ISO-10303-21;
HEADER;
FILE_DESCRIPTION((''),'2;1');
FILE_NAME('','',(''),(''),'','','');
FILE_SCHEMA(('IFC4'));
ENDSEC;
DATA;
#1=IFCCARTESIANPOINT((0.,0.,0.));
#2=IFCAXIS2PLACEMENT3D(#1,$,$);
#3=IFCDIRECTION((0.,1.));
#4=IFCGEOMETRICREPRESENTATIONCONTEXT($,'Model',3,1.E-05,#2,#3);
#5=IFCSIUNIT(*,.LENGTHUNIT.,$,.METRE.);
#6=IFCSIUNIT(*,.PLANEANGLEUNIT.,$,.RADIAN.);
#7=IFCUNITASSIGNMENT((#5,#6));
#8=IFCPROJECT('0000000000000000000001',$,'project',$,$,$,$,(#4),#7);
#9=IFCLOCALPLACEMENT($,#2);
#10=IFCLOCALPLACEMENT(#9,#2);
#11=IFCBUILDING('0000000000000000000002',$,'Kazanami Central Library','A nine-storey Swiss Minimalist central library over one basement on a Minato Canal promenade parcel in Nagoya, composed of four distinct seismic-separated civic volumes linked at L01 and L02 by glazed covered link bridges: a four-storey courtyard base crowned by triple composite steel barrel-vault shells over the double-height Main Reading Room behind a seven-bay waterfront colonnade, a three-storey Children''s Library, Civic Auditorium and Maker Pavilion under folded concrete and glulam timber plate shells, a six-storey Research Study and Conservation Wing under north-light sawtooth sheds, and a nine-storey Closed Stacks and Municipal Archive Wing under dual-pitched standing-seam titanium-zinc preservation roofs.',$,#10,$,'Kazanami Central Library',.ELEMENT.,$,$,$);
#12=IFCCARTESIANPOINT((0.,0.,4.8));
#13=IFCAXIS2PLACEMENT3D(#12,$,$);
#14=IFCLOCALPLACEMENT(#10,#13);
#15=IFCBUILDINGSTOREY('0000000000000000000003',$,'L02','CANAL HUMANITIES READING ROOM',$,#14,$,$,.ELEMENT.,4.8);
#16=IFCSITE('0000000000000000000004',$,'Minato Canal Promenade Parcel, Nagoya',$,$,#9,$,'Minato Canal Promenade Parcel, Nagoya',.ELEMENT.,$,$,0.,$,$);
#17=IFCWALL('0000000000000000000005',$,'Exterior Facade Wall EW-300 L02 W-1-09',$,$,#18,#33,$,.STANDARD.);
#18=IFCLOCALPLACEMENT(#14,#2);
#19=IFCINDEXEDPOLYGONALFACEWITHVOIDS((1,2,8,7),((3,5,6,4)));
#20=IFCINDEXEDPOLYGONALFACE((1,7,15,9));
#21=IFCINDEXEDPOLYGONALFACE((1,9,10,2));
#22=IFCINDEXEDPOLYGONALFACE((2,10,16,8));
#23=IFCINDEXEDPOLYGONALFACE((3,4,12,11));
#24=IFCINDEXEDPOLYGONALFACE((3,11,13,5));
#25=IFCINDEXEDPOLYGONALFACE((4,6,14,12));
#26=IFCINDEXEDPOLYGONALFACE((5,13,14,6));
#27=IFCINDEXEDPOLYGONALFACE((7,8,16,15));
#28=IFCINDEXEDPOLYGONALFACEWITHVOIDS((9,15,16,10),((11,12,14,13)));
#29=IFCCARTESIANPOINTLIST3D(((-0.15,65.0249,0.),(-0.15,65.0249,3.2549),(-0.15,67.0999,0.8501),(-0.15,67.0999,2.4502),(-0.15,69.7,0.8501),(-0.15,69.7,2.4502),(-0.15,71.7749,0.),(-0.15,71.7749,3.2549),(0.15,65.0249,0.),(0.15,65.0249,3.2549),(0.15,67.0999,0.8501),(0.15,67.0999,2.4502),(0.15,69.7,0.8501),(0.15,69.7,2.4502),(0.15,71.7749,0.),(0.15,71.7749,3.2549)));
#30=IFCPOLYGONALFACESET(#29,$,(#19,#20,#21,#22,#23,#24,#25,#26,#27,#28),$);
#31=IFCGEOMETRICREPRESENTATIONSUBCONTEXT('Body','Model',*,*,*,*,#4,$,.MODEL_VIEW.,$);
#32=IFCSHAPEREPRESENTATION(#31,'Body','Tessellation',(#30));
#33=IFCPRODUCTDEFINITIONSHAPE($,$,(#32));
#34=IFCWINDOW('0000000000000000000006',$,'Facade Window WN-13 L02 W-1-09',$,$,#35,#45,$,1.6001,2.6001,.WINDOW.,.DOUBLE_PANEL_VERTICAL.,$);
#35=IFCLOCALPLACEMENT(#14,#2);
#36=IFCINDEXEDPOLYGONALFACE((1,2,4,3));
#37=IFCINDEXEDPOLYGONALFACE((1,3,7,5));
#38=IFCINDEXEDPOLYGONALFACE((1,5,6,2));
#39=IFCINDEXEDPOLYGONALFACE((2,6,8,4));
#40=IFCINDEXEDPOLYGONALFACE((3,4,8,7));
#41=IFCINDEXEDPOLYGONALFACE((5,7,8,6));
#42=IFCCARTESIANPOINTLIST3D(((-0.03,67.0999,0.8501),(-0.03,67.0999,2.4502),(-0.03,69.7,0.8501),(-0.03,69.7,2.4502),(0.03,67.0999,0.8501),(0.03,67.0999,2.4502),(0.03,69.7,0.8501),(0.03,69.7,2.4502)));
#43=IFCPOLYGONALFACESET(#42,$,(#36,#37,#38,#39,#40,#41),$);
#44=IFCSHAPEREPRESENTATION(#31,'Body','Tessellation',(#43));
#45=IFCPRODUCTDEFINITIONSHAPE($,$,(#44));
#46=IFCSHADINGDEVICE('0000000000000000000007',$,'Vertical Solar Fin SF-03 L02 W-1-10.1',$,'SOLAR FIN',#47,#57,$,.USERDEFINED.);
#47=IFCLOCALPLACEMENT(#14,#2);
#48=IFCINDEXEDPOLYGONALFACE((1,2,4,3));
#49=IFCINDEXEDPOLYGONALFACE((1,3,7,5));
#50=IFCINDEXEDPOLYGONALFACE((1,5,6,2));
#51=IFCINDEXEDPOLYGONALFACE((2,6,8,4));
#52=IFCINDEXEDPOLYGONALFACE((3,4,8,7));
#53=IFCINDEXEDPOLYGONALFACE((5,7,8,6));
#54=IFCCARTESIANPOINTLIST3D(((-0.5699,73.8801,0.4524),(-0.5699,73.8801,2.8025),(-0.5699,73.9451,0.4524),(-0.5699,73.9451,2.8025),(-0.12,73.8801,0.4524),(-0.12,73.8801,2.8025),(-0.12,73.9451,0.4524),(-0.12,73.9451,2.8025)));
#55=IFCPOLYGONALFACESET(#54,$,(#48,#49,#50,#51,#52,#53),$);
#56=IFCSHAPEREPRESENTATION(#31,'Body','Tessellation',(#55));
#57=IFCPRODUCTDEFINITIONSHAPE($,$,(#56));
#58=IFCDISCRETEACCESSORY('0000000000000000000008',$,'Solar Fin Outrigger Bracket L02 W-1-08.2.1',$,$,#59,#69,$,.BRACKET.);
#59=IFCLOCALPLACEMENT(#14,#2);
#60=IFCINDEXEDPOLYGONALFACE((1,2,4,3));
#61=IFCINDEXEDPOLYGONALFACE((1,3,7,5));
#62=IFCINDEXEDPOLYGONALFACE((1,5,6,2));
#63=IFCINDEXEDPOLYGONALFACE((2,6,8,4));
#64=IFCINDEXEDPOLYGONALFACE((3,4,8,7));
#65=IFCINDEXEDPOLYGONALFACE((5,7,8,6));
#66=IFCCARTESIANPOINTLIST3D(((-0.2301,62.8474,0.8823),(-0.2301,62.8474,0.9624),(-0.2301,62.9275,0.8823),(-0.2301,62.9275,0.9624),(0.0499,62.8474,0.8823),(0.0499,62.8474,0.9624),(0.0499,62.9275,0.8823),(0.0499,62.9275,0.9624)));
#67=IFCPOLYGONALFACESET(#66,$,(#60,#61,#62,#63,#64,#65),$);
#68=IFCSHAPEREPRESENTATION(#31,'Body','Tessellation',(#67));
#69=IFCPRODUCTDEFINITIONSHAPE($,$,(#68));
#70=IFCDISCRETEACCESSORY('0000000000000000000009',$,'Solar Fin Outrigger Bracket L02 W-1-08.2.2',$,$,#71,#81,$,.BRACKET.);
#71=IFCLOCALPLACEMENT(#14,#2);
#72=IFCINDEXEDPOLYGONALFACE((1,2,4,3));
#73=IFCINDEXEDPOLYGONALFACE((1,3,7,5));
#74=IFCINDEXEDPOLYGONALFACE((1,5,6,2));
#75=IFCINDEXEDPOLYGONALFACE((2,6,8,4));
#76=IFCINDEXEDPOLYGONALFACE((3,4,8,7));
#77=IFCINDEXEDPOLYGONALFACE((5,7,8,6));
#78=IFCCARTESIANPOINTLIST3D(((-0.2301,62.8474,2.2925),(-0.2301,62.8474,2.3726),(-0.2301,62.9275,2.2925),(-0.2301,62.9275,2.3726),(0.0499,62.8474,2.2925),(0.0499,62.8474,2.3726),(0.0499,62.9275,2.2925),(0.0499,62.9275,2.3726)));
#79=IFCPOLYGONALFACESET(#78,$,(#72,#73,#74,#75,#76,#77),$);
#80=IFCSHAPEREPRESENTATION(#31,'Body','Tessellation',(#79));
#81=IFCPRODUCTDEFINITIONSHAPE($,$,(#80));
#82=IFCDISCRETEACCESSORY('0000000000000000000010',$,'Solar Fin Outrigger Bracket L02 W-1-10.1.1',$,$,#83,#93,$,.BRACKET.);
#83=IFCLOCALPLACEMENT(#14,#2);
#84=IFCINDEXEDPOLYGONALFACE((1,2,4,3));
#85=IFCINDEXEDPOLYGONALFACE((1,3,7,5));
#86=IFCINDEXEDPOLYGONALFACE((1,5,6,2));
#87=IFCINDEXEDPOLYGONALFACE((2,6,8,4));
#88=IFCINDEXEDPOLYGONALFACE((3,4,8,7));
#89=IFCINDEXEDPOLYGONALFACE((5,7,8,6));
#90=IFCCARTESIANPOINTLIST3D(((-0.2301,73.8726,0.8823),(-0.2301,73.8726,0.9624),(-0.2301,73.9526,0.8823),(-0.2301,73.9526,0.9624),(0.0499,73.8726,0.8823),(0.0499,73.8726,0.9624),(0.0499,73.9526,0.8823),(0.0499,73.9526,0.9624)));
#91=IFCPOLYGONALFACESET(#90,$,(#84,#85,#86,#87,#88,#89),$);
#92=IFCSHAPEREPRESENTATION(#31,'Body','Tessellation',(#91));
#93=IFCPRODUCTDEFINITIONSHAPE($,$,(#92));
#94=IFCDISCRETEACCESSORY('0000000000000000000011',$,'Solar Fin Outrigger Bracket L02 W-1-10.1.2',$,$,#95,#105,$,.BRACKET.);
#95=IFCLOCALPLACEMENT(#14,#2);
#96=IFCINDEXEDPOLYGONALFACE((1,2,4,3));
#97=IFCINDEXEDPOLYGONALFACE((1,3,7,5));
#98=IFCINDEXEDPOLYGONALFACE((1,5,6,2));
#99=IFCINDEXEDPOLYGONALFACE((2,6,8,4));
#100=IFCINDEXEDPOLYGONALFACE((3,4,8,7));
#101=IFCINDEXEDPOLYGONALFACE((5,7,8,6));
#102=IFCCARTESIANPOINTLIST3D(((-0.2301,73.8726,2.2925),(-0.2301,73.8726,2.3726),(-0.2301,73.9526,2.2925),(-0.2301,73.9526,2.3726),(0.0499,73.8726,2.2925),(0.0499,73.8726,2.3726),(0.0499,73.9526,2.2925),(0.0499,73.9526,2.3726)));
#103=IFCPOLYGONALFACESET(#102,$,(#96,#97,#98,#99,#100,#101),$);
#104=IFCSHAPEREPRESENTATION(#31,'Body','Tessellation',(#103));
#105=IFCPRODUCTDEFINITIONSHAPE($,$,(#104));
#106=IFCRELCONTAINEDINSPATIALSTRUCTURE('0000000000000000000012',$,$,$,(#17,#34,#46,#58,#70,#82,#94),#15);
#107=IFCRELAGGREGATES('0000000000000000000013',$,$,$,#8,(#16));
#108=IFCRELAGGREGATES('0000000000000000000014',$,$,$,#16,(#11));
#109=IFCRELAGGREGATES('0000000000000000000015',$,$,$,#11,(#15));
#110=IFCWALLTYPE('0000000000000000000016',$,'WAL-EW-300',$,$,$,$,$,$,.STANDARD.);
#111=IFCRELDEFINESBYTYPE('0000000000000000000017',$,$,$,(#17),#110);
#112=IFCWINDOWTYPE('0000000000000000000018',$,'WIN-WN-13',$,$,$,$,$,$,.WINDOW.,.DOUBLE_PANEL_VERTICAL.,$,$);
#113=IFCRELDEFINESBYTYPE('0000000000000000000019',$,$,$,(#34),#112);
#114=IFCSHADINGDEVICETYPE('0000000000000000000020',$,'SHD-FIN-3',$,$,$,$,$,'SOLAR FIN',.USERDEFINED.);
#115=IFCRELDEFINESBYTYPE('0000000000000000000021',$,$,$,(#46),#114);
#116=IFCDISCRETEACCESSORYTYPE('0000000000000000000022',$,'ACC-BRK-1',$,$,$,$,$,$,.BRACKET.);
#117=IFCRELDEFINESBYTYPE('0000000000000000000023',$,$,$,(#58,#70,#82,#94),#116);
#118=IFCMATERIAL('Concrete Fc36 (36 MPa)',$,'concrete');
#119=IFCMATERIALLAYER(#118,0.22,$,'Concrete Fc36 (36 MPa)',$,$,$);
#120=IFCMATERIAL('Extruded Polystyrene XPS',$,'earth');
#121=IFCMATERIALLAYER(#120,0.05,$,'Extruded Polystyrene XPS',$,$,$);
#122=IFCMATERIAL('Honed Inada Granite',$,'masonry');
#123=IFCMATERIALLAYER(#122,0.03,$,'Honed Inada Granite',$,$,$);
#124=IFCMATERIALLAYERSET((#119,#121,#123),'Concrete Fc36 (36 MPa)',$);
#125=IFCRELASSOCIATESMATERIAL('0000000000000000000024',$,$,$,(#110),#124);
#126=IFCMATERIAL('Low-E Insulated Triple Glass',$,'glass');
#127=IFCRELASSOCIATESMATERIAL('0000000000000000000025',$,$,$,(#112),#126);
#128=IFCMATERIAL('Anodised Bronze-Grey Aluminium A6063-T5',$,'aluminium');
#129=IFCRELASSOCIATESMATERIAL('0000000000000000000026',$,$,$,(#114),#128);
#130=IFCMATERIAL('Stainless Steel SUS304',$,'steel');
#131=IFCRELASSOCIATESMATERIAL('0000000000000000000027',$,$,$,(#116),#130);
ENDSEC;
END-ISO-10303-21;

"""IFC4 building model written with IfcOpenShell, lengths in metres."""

from ifc_helpers import new_model, si_unit, direction, frame, frame_2d, origin, origin_2d, place, context, subcontext, project, spatial, rectangle, extrude, material, layer, layer_set, type_object, element, fill, save


model = new_model("IFC4")

# Units and contexts
model_context = context("Model", 3, precision=1e-05, world=origin(), true_north=direction((0.0, 1.0)))
body_context = subcontext(model_context, "Body", "Model", "MODEL_VIEW")
ifc_project = project(units=[si_unit("LENGTHUNIT", "METRE"), si_unit("PLANEANGLEUNIT", "RADIAN")], contexts=[model_context])

# Site, building, storey
site_placement = place(None, origin())
site = spatial("IfcSite", under=ifc_project, at=site_placement, Name="Minato Canal Promenade Parcel, Nagoya", LongName="Minato Canal Promenade Parcel, Nagoya", CompositionType="ELEMENT", RefElevation=0.0)
building_placement = place(site_placement, origin())
building = spatial("IfcBuilding", under=site, at=building_placement, Name="Kazanami Central Library", Description="A nine-storey Swiss Minimalist central library over one basement on a Minato Canal promenade parcel in Nagoya, composed of four distinct seismic-separated civic volumes linked at L01 and L02 by glazed covered link bridges: a four-storey courtyard base crowned by triple composite steel barrel-vault shells over the double-height Main Reading Room behind a seven-bay waterfront colonnade, a three-storey Children's Library, Civic Auditorium and Maker Pavilion under folded concrete and glulam timber plate shells, a six-storey Research Study and Conservation Wing under north-light sawtooth sheds, and a nine-storey Closed Stacks and Municipal Archive Wing under dual-pitched standing-seam titanium-zinc preservation roofs.", LongName="Kazanami Central Library", CompositionType="ELEMENT")
storey_placement = place(building_placement, frame((0.0, 0.0, 4.8)))
storey = spatial("IfcBuildingStorey", under=building, at=storey_placement, Name="L02", Description="CANAL HUMANITIES READING ROOM", CompositionType="ELEMENT", Elevation=4.8)

# Wall, opening, window
ifc_material_1 = material(Name="Concrete Fc36 (36 MPa)", Category="concrete")
ifc_layer_1 = layer(ifc_material_1, 0.22, Name="Concrete Fc36 (36 MPa)")
ifc_material_2 = material(Name="Extruded Polystyrene XPS", Category="earth")
ifc_layer_2 = layer(ifc_material_2, 0.05, Name="Extruded Polystyrene XPS")
ifc_material_3 = material(Name="Honed Inada Granite", Category="masonry")
ifc_layer_3 = layer(ifc_material_3, 0.03, Name="Honed Inada Granite")
ifc_layer_set_1 = layer_set([ifc_layer_1, ifc_layer_2, ifc_layer_3], Name="Concrete Fc36 (36 MPa)")
wall_type = type_object("IfcWallType", Name="WAL-EW-300", PredefinedType="STANDARD", material=ifc_layer_set_1)
wall_placement = place(storey_placement, frame((0.0, 65.0249, 0.0), z_axis=(0.0, 0.0, 1.0), x_axis=(0.0, 1.0, 0.0)))
wall = element("IfcWall", 1, at=wall_placement, inside=storey, type_object=wall_type, Name="Exterior Facade Wall EW-300 L02 W-1-09", PredefinedType="STANDARD", context=body_context, shape_type="SweptSolid", body=[
    extrude(rectangle(XDim=6.75, YDim=0.3, at=frame_2d((3.375, 0.0))), origin(), (0.0, 0.0, 1.0), 3.2549),
])
opening_placement = place(wall_placement, frame((2.075, 0.0, 0.8501)))
opening = element("IfcOpeningElement", 2, at=opening_placement, cuts=wall, PredefinedType="OPENING", context=body_context, shape_type="SweptSolid", body=[
    extrude(rectangle(XDim=2.6001, YDim=1.6001, at=frame_2d((1.3, 0.8))), frame((0.0, 0.1621, 0.0), z_axis=(0.0, -1.0, 0.0), x_axis=(1.0, 0.0, 0.0)), (0.0, 0.0, 1.0), 0.324),
])
ifc_material_4 = material(Name="Low-E Insulated Triple Glass", Category="glass")
window_type = type_object("IfcWindowType", Name="WIN-WN-13", PartitioningType="DOUBLE_PANEL_VERTICAL", PredefinedType="WINDOW", material=ifc_material_4)
window_placement = place(opening_placement, origin())
window = element("IfcWindow", 3, at=window_placement, inside=storey, type_object=window_type, Name="Facade Window WN-13 L02 W-1-09", OverallHeight=1.6001, OverallWidth=2.6001, PartitioningType="DOUBLE_PANEL_VERTICAL", PredefinedType="WINDOW", context=body_context, shape_type="SweptSolid", body=[
    extrude(rectangle(XDim=2.6001, YDim=1.6001, at=frame_2d((1.3, 0.8))), frame((0.0, 0.03, 0.0), z_axis=(0.0, -1.0, 0.0), x_axis=(1.0, 0.0, 0.0)), (0.0, 0.0, 1.0), 0.0601),
])
fill(opening, window)

# Shading device
ifc_material_5 = material(Name="Anodised Bronze-Grey Aluminium A6063-T5", Category="aluminium")
shading_device_type = type_object("IfcShadingDeviceType", Name="SHD-FIN-3", ElementType="SOLAR FIN", PredefinedType="USERDEFINED", material=ifc_material_5)
shading_device_placement = place(storey_placement, frame((-0.345, 73.9126, 0.4524), z_axis=(0.0, 0.0, 1.0), x_axis=(0.0, 1.0, 0.0)))
element("IfcShadingDevice", 4, at=shading_device_placement, inside=storey, type_object=shading_device_type, Name="Vertical Solar Fin SF-03 L02 W-1-10.1", ObjectType="SOLAR FIN", PredefinedType="USERDEFINED", context=body_context, shape_type="SweptSolid", body=[
    extrude(rectangle(XDim=0.0649, YDim=0.45, at=origin_2d()), origin(), (0.0, 0.0, 1.0), 2.3501),
])

# Discrete accessories
ifc_material_6 = material(Name="Stainless Steel SUS304", Category="steel")
discrete_accessory_type = type_object("IfcDiscreteAccessoryType", Name="ACC-BRK-1", PredefinedType="BRACKET", material=ifc_material_6)
for number, where, z_axis, x_axis, name in (
    (5, (-0.0901, 62.8875, 0.8823), (0.0, 0.0, 1.0), (0.0, 1.0, 0.0), "Solar Fin Outrigger Bracket L02 W-1-08.2.1"),
    (6, (-0.0901, 62.8875, 2.2925), (0.0, 0.0, 1.0), (0.0, 1.0, 0.0), "Solar Fin Outrigger Bracket L02 W-1-08.2.2"),
    (7, (-0.0901, 73.9126, 0.8823), (0.0, 0.0, 1.0), (0.0, 1.0, 0.0), "Solar Fin Outrigger Bracket L02 W-1-10.1.1"),
    (8, (-0.0901, 73.9126, 2.2925), (0.0, 0.0, 1.0), (0.0, 1.0, 0.0), "Solar Fin Outrigger Bracket L02 W-1-10.1.2"),
):
    element("IfcDiscreteAccessory", number, at=place(storey_placement, frame(where, z_axis=z_axis, x_axis=x_axis)), inside=storey, type_object=discrete_accessory_type, Name=name, PredefinedType="BRACKET", context=body_context, shape_type="SweptSolid", body=[
        extrude(rectangle(XDim=0.0801, YDim=0.28, at=origin_2d()), origin(), (0.0, 0.0, 1.0), 0.0801),
    ])

save(model, "model.ifc")
